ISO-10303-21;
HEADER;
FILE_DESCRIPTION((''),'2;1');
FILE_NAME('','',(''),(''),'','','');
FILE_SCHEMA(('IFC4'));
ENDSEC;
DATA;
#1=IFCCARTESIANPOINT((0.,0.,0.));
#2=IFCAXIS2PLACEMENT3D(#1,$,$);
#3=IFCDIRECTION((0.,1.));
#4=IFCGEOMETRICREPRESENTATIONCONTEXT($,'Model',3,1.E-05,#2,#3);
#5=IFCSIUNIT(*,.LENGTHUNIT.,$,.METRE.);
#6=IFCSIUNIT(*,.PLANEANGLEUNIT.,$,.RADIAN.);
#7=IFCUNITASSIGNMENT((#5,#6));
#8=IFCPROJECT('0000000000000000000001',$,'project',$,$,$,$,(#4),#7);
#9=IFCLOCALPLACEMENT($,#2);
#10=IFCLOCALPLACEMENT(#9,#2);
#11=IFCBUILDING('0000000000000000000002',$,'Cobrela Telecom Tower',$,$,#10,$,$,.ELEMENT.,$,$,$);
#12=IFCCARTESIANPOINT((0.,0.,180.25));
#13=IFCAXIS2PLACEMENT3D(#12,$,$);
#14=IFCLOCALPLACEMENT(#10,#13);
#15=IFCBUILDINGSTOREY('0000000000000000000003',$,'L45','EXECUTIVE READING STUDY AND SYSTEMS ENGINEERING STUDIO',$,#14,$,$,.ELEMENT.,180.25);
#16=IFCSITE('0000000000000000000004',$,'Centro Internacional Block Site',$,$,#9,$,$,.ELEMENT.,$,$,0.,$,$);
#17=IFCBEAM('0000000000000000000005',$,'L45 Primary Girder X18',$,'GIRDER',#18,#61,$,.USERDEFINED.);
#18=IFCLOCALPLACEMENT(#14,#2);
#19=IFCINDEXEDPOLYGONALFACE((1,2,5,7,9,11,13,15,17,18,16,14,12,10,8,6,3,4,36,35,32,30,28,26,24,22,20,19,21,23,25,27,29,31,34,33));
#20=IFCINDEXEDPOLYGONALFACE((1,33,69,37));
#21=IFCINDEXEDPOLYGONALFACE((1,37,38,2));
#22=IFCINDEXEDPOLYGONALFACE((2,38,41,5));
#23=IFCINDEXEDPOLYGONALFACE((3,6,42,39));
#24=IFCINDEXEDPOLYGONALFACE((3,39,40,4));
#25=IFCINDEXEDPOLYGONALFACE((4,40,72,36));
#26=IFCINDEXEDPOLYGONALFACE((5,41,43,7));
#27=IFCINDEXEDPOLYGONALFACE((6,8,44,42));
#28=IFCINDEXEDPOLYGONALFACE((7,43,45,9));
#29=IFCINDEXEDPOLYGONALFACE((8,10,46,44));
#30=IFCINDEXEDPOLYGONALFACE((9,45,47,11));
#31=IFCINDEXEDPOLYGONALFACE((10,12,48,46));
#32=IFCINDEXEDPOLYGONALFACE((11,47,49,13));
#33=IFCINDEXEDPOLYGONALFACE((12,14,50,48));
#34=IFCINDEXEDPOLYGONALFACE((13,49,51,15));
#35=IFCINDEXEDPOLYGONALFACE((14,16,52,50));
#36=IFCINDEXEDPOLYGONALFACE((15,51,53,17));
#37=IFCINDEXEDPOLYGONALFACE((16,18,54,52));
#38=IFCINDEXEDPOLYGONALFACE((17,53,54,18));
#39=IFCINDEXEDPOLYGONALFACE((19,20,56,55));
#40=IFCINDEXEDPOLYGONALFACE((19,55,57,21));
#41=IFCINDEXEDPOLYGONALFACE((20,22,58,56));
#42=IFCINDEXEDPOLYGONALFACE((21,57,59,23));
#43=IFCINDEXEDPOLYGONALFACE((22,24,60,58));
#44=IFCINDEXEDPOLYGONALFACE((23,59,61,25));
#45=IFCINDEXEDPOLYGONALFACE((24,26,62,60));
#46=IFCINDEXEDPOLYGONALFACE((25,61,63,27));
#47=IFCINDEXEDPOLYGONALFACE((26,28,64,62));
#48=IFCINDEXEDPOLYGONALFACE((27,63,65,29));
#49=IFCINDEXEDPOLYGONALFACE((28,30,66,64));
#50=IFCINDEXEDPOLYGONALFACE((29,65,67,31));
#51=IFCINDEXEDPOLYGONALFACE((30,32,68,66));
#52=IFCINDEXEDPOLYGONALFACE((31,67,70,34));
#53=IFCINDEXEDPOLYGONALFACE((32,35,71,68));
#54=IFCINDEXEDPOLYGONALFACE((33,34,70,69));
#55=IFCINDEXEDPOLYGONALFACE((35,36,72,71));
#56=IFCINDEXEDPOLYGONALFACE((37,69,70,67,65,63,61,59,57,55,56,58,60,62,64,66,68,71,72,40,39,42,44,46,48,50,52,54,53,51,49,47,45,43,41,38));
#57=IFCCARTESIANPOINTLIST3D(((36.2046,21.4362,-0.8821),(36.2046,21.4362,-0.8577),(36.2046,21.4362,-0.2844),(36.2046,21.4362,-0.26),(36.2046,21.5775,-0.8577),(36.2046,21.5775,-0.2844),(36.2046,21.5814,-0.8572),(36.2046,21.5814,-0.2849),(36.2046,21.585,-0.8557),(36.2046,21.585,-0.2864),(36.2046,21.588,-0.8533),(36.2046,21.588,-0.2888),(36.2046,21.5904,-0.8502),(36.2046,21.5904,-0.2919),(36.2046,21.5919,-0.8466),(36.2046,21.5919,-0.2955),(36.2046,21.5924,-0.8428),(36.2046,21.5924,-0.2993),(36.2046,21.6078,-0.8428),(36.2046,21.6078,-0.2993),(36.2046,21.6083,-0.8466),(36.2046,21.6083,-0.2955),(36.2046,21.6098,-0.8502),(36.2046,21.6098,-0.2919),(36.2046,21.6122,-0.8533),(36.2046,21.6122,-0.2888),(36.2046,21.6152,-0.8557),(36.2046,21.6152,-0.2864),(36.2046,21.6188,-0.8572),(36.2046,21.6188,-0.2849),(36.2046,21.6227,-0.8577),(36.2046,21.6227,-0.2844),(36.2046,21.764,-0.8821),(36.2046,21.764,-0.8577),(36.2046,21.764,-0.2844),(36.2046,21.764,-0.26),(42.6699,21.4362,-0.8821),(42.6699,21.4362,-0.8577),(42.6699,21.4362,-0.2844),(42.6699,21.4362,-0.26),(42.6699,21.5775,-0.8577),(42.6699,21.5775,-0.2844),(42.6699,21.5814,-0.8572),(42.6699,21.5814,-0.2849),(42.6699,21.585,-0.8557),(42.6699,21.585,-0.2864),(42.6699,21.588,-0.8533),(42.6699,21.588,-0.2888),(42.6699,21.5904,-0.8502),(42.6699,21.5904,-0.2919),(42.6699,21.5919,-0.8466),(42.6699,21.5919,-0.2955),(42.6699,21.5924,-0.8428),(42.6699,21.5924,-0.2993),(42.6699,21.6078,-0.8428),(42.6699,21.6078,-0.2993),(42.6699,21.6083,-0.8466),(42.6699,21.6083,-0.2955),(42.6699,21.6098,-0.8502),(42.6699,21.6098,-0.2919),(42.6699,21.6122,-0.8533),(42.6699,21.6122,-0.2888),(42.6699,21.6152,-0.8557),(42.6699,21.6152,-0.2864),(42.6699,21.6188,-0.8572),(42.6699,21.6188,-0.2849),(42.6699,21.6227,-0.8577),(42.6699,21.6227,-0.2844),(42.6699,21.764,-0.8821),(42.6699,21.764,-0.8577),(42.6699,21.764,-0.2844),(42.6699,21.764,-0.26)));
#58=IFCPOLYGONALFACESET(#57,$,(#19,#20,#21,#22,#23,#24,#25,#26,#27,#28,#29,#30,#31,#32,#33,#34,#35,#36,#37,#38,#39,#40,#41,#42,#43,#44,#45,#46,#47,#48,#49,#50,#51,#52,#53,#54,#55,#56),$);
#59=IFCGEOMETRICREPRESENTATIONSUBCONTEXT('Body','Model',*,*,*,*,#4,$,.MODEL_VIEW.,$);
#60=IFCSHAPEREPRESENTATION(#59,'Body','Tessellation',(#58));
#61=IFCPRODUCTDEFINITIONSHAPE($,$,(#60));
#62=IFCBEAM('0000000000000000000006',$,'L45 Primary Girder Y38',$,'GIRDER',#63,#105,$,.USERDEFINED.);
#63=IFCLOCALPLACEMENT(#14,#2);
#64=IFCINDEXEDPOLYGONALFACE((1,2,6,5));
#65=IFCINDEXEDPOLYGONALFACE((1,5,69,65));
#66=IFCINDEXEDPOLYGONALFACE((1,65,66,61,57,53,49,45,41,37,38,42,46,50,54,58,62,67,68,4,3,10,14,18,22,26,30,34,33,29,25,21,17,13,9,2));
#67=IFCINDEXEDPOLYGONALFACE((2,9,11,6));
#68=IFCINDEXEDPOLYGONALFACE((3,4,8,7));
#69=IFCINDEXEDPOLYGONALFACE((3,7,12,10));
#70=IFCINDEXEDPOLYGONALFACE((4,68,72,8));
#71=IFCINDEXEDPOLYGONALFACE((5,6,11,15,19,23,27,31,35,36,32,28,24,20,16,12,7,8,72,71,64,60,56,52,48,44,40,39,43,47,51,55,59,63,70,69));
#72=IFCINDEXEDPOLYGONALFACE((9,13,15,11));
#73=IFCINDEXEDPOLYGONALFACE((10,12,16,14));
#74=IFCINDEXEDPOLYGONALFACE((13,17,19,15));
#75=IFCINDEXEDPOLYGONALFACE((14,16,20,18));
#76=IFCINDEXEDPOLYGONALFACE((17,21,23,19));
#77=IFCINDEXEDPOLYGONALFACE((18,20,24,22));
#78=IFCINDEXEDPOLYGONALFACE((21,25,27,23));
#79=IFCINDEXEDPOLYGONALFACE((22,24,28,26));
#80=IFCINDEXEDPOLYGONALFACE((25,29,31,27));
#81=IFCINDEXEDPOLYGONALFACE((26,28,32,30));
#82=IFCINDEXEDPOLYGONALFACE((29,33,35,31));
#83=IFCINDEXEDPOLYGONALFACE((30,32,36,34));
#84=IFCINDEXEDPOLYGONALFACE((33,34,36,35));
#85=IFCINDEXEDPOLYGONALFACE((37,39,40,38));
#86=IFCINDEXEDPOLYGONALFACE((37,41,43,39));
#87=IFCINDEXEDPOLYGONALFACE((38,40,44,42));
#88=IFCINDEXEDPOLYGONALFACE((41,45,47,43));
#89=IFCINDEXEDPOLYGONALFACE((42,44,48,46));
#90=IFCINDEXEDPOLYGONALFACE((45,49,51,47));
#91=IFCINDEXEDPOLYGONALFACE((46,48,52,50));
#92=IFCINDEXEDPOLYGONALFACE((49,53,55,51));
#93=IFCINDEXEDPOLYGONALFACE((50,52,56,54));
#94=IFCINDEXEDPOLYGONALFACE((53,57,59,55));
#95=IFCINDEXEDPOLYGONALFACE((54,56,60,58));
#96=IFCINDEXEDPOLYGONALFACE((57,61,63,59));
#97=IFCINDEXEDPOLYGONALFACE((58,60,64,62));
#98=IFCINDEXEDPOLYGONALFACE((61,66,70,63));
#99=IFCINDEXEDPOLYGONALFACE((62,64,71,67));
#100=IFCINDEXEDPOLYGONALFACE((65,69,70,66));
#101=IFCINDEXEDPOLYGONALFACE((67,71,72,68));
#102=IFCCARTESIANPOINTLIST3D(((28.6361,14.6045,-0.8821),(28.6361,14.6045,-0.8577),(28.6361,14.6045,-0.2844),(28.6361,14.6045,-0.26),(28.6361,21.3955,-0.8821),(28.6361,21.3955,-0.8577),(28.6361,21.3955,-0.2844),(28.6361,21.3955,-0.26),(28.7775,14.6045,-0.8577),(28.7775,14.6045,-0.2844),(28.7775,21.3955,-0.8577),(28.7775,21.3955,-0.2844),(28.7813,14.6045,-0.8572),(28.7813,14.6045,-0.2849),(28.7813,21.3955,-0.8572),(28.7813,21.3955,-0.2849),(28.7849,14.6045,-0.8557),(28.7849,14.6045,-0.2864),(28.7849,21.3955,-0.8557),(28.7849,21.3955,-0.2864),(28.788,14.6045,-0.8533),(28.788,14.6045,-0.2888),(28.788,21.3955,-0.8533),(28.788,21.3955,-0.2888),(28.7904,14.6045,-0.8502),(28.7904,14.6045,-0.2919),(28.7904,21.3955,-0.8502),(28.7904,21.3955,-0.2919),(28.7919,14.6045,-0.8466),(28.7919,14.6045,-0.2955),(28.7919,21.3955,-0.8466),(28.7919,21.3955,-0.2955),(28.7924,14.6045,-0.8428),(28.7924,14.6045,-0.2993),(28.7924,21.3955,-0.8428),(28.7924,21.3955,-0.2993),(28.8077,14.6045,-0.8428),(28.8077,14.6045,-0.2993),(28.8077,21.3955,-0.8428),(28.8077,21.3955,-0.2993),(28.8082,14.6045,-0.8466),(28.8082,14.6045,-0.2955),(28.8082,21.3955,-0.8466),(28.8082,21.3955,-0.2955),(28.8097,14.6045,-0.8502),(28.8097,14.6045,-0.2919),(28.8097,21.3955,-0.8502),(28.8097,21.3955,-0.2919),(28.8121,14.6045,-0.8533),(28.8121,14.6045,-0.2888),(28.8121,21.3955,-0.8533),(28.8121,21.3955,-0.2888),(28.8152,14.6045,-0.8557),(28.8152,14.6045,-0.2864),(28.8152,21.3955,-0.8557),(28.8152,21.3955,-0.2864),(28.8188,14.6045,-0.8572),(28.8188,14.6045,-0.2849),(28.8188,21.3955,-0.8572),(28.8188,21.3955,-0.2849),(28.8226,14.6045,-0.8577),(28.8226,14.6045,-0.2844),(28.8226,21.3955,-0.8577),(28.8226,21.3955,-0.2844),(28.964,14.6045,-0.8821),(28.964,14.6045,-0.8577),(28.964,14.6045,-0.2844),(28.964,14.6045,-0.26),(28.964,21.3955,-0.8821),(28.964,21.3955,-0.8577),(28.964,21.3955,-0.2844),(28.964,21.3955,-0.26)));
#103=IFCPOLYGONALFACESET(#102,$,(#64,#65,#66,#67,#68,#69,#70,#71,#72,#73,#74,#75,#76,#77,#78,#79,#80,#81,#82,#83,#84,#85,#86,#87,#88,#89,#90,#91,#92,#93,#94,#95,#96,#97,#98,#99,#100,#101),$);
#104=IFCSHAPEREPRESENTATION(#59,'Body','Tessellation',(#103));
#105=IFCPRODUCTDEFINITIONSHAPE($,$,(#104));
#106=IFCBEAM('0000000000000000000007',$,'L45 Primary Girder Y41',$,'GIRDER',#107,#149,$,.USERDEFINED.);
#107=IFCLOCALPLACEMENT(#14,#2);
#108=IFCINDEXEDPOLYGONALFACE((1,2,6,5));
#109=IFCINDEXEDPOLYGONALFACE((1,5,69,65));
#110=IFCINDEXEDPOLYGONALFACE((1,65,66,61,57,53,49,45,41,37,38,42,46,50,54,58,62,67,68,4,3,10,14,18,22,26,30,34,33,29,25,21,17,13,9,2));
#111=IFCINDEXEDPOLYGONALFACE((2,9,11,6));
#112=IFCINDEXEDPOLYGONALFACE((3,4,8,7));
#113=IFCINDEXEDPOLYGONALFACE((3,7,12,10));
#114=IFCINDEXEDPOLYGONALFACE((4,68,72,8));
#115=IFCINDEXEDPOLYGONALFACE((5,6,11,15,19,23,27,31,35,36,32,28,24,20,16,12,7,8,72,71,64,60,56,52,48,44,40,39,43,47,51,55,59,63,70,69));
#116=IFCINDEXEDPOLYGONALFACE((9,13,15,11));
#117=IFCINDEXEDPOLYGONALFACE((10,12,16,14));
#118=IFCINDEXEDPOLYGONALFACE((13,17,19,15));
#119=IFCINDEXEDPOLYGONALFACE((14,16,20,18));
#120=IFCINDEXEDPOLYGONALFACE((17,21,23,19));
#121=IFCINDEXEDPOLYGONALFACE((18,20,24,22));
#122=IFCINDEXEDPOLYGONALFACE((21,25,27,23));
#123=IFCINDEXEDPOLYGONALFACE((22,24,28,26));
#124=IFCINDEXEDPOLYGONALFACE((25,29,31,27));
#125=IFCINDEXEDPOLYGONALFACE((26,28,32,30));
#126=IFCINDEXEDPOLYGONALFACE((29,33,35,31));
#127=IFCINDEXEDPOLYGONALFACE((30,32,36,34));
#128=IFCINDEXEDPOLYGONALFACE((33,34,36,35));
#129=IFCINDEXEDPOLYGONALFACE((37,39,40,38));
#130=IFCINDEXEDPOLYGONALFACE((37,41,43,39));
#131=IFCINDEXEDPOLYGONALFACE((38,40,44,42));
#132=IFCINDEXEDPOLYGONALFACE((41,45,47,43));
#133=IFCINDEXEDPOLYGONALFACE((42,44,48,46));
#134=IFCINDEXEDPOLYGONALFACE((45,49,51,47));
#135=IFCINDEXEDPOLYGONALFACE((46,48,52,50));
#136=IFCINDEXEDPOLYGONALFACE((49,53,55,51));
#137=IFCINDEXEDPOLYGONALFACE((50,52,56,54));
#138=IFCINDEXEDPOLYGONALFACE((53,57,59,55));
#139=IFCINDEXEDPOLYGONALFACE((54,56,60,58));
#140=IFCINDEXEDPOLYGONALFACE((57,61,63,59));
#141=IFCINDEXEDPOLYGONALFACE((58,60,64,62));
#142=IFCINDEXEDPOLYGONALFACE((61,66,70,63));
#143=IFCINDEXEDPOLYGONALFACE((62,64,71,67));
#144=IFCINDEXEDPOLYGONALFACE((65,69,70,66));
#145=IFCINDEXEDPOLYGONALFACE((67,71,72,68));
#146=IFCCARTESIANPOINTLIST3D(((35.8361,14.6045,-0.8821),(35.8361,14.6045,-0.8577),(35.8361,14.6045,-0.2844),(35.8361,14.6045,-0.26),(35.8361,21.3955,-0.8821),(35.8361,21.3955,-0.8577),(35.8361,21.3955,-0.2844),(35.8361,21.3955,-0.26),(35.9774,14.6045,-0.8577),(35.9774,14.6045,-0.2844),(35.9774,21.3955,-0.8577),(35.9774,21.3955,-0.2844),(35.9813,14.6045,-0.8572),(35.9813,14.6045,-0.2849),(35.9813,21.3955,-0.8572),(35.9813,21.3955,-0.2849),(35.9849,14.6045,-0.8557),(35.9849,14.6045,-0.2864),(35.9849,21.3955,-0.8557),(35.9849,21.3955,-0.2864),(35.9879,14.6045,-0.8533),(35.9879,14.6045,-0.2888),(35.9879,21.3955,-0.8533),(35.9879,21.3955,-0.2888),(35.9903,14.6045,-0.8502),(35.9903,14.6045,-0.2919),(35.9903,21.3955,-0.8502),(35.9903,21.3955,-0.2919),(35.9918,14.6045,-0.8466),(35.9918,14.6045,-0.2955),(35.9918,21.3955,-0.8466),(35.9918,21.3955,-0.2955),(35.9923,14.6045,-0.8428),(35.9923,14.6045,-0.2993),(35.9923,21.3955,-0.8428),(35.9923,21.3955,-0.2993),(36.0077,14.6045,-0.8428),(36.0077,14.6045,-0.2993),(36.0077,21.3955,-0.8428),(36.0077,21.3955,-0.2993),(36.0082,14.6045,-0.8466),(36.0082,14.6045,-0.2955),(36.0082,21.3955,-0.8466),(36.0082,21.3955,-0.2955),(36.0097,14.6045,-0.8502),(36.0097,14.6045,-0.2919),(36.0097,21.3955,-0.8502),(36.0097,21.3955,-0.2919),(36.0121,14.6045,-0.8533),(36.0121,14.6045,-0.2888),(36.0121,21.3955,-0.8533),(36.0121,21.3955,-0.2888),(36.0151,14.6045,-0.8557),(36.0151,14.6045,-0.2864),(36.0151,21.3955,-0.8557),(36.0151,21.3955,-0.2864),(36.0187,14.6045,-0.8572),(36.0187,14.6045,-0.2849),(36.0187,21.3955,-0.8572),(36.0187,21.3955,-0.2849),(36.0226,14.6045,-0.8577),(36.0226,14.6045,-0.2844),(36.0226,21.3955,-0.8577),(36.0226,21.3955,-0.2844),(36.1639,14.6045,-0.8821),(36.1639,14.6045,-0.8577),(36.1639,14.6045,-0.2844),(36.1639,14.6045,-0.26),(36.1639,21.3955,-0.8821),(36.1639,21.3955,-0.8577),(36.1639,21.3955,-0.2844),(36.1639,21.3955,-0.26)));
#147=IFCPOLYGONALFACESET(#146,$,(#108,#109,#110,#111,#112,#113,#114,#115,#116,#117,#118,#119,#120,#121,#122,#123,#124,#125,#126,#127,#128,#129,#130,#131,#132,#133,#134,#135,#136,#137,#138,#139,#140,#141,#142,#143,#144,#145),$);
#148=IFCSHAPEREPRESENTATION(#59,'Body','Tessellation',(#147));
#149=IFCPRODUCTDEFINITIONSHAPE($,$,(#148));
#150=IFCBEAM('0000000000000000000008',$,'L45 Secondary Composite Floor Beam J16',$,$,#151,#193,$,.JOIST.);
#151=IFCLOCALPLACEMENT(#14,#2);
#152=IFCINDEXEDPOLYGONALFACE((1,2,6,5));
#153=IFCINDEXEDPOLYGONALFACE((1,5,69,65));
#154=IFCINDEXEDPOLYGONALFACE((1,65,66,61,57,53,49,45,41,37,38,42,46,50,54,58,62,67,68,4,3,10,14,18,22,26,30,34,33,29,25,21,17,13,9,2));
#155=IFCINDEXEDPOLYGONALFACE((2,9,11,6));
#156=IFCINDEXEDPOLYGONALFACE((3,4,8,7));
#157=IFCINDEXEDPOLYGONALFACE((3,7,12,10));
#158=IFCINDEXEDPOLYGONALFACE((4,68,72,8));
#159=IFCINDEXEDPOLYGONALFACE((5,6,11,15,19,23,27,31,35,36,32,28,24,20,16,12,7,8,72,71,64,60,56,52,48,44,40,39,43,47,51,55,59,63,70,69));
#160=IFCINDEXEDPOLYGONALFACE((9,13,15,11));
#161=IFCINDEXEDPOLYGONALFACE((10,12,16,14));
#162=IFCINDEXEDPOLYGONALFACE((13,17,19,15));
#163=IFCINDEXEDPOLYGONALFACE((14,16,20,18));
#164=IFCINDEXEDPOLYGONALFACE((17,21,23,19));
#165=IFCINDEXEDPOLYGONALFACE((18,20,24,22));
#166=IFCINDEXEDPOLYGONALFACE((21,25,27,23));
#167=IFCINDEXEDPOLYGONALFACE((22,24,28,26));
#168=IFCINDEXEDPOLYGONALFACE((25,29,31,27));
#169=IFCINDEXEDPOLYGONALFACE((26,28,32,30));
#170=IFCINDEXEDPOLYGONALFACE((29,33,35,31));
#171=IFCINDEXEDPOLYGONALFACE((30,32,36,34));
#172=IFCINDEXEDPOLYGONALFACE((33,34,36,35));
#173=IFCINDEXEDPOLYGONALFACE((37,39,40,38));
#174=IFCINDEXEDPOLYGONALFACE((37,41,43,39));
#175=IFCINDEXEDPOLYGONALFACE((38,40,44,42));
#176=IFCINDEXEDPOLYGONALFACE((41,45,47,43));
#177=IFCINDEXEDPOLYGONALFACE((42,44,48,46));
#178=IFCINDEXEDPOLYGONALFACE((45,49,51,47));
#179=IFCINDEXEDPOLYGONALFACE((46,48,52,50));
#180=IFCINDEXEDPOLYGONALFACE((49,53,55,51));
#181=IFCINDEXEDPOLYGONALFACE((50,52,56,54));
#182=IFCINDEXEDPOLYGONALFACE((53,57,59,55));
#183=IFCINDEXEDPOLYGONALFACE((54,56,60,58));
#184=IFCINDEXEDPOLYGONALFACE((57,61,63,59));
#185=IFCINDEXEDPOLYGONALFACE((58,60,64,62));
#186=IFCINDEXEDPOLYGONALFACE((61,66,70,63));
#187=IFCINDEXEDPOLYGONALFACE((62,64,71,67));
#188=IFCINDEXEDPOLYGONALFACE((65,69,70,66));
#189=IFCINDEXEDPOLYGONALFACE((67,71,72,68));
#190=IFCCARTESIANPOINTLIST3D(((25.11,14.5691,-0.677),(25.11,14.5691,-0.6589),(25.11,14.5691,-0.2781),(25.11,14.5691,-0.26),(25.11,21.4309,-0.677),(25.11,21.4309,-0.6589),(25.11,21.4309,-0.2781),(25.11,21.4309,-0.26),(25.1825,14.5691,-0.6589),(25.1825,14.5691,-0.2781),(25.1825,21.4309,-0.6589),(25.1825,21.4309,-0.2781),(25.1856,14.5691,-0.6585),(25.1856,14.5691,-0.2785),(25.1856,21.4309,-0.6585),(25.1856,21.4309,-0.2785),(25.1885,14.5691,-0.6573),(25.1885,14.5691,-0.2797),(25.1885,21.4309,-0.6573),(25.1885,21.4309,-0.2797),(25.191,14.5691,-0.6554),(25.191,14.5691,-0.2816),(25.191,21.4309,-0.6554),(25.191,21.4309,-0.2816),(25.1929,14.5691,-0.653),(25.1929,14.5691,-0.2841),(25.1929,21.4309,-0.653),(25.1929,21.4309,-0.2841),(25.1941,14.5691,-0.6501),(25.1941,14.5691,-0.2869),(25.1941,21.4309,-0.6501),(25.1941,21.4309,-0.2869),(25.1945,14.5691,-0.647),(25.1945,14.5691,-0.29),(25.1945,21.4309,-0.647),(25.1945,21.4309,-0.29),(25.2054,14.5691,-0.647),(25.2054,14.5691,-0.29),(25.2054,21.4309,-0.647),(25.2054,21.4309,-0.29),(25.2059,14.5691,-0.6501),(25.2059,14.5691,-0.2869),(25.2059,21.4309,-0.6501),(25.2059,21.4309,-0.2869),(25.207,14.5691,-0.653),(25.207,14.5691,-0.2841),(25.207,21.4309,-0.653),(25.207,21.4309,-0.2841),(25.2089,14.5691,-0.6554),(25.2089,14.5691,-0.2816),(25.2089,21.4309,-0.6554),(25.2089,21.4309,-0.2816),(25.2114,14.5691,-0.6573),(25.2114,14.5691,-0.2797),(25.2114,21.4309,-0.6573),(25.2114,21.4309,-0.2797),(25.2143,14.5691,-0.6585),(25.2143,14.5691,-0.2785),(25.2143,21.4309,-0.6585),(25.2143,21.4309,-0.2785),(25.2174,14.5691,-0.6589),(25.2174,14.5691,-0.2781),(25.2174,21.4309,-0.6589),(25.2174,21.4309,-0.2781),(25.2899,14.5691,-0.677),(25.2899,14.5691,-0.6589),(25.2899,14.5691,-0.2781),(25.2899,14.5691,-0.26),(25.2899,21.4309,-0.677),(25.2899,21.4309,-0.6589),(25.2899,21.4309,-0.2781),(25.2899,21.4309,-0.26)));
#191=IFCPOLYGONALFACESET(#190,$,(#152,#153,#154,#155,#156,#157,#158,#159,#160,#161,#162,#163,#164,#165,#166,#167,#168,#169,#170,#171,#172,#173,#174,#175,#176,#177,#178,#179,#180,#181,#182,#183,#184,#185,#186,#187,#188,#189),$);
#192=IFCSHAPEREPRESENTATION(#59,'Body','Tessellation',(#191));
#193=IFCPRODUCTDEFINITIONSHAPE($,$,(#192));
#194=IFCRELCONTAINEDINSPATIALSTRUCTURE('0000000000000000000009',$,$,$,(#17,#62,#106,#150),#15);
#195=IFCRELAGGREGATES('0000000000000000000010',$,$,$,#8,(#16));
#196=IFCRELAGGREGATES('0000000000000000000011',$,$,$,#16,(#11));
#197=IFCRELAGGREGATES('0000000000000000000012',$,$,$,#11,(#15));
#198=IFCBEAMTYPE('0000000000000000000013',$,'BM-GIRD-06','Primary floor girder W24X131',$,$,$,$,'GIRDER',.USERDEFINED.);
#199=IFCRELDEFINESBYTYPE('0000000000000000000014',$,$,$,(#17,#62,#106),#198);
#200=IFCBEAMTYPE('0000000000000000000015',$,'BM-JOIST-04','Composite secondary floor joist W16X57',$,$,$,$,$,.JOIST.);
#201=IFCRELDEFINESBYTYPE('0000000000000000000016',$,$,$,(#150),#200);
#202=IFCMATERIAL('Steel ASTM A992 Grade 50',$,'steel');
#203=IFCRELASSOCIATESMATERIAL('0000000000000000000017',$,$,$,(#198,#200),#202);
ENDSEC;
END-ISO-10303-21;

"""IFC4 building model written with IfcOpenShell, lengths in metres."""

from ifc_helpers import new_model, si_unit, direction, frame, origin, origin_2d, place, context, subcontext, project, spatial, i_section, extrude, material, material_profile, profile_set, type_object, element, save


model = new_model("IFC4")

# Units and contexts
model_context = context("Model", 3, precision=1e-05, world=origin(), true_north=direction((0.0, 1.0)))
body_context = subcontext(model_context, "Body", "Model", "MODEL_VIEW")
ifc_project = project(units=[si_unit("LENGTHUNIT", "METRE"), si_unit("PLANEANGLEUNIT", "RADIAN")], contexts=[model_context])

# Site, building, storey
site_placement = place(None, origin())
site = spatial("IfcSite", under=ifc_project, at=site_placement, Name="Centro Internacional Block Site", CompositionType="ELEMENT", RefElevation=0.0)
building_placement = place(site_placement, origin())
building = spatial("IfcBuilding", under=site, at=building_placement, Name="Cobrela Telecom Tower", CompositionType="ELEMENT")
storey_placement = place(building_placement, frame((0.0, 0.0, 180.25)))
storey = spatial("IfcBuildingStorey", under=building, at=storey_placement, Name="L45", Description="EXECUTIVE READING STUDY AND SYSTEMS ENGINEERING STUDIO", CompositionType="ELEMENT", Elevation=180.25)

# Shared definitions
ifc_material_1 = material(Name="Steel ASTM A992 Grade 50", Category="steel")

# Beams
ifc_material_profile_1 = material_profile(ifc_material_1, i_section(OverallWidth=0.3279, OverallDepth=0.6221, WebThickness=0.0154, FlangeThickness=0.0244, FilletRadius=0.0149, at=origin_2d()), Name="W24X131")
ifc_profile_set_1 = profile_set([ifc_material_profile_1], Name="Steel ASTM A992 Grade 50")
beam_type_1 = type_object("IfcBeamType", Name="BM-GIRD-06", Description="Primary floor girder W24X131", ElementType="GIRDER", PredefinedType="USERDEFINED", material=ifc_profile_set_1)
beam_1_placement = place(storey_placement, frame((36.2046, 21.6001, -0.571), z_axis=(1.0, 0.0, 0.0), x_axis=(0.0, 1.0, 0.0)))
element("IfcBeam", 1, at=beam_1_placement, inside=storey, type_object=beam_type_1, Name="L45 Primary Girder X18", ObjectType="GIRDER", PredefinedType="USERDEFINED", context=body_context, shape_type="SweptSolid", body=[
    extrude(i_section(OverallWidth=0.3279, OverallDepth=0.6221, WebThickness=0.0154, FlangeThickness=0.0244, FilletRadius=0.0149, at=origin_2d()), origin(), (0.0, 0.0, 1.0), 6.4653),
])
for number, where, z_axis, x_axis, name in (
    (2, (28.8, 14.6045, -0.571), (0.0, 1.0, 0.0), (-1.0, 0.0, 0.0), "L45 Primary Girder Y38"),
    (3, (36.0, 14.6045, -0.571), (0.0, 1.0, 0.0), (-1.0, 0.0, 0.0), "L45 Primary Girder Y41"),
):
    element("IfcBeam", number, at=place(storey_placement, frame(where, z_axis=z_axis, x_axis=x_axis)), inside=storey, type_object=beam_type_1, Name=name, ObjectType="GIRDER", PredefinedType="USERDEFINED", context=body_context, shape_type="SweptSolid", body=[
        extrude(i_section(OverallWidth=0.3279, OverallDepth=0.6221, WebThickness=0.0154, FlangeThickness=0.0244, FilletRadius=0.0149, at=origin_2d()), origin(), (0.0, 0.0, 1.0), 6.791),
    ])
ifc_material_profile_2 = material_profile(ifc_material_1, i_section(OverallWidth=0.1799, OverallDepth=0.417, WebThickness=0.011, FlangeThickness=0.0181, FilletRadius=0.012, at=origin_2d()), Name="W16X57")
ifc_profile_set_2 = profile_set([ifc_material_profile_2], Name="Steel ASTM A992 Grade 50")
beam_type_2 = type_object("IfcBeamType", Name="BM-JOIST-04", Description="Composite secondary floor joist W16X57", PredefinedType="JOIST", material=ifc_profile_set_2)
for number, where, z_axis, x_axis, name in (
    (4, (25.2, 14.5691, -0.4685), (0.0, 1.0, 0.0), (-1.0, 0.0, 0.0), "L45 Secondary Composite Floor Beam J16"),
):
    element("IfcBeam", number, at=place(storey_placement, frame(where, z_axis=z_axis, x_axis=x_axis)), inside=storey, type_object=beam_type_2, Name=name, PredefinedType="JOIST", context=body_context, shape_type="SweptSolid", body=[
        extrude(i_section(OverallWidth=0.1799, OverallDepth=0.417, WebThickness=0.011, FlangeThickness=0.0181, FilletRadius=0.012, at=origin_2d()), origin(), (0.0, 0.0, 1.0), 6.8618),
    ])

save(model, "model.ifc")
